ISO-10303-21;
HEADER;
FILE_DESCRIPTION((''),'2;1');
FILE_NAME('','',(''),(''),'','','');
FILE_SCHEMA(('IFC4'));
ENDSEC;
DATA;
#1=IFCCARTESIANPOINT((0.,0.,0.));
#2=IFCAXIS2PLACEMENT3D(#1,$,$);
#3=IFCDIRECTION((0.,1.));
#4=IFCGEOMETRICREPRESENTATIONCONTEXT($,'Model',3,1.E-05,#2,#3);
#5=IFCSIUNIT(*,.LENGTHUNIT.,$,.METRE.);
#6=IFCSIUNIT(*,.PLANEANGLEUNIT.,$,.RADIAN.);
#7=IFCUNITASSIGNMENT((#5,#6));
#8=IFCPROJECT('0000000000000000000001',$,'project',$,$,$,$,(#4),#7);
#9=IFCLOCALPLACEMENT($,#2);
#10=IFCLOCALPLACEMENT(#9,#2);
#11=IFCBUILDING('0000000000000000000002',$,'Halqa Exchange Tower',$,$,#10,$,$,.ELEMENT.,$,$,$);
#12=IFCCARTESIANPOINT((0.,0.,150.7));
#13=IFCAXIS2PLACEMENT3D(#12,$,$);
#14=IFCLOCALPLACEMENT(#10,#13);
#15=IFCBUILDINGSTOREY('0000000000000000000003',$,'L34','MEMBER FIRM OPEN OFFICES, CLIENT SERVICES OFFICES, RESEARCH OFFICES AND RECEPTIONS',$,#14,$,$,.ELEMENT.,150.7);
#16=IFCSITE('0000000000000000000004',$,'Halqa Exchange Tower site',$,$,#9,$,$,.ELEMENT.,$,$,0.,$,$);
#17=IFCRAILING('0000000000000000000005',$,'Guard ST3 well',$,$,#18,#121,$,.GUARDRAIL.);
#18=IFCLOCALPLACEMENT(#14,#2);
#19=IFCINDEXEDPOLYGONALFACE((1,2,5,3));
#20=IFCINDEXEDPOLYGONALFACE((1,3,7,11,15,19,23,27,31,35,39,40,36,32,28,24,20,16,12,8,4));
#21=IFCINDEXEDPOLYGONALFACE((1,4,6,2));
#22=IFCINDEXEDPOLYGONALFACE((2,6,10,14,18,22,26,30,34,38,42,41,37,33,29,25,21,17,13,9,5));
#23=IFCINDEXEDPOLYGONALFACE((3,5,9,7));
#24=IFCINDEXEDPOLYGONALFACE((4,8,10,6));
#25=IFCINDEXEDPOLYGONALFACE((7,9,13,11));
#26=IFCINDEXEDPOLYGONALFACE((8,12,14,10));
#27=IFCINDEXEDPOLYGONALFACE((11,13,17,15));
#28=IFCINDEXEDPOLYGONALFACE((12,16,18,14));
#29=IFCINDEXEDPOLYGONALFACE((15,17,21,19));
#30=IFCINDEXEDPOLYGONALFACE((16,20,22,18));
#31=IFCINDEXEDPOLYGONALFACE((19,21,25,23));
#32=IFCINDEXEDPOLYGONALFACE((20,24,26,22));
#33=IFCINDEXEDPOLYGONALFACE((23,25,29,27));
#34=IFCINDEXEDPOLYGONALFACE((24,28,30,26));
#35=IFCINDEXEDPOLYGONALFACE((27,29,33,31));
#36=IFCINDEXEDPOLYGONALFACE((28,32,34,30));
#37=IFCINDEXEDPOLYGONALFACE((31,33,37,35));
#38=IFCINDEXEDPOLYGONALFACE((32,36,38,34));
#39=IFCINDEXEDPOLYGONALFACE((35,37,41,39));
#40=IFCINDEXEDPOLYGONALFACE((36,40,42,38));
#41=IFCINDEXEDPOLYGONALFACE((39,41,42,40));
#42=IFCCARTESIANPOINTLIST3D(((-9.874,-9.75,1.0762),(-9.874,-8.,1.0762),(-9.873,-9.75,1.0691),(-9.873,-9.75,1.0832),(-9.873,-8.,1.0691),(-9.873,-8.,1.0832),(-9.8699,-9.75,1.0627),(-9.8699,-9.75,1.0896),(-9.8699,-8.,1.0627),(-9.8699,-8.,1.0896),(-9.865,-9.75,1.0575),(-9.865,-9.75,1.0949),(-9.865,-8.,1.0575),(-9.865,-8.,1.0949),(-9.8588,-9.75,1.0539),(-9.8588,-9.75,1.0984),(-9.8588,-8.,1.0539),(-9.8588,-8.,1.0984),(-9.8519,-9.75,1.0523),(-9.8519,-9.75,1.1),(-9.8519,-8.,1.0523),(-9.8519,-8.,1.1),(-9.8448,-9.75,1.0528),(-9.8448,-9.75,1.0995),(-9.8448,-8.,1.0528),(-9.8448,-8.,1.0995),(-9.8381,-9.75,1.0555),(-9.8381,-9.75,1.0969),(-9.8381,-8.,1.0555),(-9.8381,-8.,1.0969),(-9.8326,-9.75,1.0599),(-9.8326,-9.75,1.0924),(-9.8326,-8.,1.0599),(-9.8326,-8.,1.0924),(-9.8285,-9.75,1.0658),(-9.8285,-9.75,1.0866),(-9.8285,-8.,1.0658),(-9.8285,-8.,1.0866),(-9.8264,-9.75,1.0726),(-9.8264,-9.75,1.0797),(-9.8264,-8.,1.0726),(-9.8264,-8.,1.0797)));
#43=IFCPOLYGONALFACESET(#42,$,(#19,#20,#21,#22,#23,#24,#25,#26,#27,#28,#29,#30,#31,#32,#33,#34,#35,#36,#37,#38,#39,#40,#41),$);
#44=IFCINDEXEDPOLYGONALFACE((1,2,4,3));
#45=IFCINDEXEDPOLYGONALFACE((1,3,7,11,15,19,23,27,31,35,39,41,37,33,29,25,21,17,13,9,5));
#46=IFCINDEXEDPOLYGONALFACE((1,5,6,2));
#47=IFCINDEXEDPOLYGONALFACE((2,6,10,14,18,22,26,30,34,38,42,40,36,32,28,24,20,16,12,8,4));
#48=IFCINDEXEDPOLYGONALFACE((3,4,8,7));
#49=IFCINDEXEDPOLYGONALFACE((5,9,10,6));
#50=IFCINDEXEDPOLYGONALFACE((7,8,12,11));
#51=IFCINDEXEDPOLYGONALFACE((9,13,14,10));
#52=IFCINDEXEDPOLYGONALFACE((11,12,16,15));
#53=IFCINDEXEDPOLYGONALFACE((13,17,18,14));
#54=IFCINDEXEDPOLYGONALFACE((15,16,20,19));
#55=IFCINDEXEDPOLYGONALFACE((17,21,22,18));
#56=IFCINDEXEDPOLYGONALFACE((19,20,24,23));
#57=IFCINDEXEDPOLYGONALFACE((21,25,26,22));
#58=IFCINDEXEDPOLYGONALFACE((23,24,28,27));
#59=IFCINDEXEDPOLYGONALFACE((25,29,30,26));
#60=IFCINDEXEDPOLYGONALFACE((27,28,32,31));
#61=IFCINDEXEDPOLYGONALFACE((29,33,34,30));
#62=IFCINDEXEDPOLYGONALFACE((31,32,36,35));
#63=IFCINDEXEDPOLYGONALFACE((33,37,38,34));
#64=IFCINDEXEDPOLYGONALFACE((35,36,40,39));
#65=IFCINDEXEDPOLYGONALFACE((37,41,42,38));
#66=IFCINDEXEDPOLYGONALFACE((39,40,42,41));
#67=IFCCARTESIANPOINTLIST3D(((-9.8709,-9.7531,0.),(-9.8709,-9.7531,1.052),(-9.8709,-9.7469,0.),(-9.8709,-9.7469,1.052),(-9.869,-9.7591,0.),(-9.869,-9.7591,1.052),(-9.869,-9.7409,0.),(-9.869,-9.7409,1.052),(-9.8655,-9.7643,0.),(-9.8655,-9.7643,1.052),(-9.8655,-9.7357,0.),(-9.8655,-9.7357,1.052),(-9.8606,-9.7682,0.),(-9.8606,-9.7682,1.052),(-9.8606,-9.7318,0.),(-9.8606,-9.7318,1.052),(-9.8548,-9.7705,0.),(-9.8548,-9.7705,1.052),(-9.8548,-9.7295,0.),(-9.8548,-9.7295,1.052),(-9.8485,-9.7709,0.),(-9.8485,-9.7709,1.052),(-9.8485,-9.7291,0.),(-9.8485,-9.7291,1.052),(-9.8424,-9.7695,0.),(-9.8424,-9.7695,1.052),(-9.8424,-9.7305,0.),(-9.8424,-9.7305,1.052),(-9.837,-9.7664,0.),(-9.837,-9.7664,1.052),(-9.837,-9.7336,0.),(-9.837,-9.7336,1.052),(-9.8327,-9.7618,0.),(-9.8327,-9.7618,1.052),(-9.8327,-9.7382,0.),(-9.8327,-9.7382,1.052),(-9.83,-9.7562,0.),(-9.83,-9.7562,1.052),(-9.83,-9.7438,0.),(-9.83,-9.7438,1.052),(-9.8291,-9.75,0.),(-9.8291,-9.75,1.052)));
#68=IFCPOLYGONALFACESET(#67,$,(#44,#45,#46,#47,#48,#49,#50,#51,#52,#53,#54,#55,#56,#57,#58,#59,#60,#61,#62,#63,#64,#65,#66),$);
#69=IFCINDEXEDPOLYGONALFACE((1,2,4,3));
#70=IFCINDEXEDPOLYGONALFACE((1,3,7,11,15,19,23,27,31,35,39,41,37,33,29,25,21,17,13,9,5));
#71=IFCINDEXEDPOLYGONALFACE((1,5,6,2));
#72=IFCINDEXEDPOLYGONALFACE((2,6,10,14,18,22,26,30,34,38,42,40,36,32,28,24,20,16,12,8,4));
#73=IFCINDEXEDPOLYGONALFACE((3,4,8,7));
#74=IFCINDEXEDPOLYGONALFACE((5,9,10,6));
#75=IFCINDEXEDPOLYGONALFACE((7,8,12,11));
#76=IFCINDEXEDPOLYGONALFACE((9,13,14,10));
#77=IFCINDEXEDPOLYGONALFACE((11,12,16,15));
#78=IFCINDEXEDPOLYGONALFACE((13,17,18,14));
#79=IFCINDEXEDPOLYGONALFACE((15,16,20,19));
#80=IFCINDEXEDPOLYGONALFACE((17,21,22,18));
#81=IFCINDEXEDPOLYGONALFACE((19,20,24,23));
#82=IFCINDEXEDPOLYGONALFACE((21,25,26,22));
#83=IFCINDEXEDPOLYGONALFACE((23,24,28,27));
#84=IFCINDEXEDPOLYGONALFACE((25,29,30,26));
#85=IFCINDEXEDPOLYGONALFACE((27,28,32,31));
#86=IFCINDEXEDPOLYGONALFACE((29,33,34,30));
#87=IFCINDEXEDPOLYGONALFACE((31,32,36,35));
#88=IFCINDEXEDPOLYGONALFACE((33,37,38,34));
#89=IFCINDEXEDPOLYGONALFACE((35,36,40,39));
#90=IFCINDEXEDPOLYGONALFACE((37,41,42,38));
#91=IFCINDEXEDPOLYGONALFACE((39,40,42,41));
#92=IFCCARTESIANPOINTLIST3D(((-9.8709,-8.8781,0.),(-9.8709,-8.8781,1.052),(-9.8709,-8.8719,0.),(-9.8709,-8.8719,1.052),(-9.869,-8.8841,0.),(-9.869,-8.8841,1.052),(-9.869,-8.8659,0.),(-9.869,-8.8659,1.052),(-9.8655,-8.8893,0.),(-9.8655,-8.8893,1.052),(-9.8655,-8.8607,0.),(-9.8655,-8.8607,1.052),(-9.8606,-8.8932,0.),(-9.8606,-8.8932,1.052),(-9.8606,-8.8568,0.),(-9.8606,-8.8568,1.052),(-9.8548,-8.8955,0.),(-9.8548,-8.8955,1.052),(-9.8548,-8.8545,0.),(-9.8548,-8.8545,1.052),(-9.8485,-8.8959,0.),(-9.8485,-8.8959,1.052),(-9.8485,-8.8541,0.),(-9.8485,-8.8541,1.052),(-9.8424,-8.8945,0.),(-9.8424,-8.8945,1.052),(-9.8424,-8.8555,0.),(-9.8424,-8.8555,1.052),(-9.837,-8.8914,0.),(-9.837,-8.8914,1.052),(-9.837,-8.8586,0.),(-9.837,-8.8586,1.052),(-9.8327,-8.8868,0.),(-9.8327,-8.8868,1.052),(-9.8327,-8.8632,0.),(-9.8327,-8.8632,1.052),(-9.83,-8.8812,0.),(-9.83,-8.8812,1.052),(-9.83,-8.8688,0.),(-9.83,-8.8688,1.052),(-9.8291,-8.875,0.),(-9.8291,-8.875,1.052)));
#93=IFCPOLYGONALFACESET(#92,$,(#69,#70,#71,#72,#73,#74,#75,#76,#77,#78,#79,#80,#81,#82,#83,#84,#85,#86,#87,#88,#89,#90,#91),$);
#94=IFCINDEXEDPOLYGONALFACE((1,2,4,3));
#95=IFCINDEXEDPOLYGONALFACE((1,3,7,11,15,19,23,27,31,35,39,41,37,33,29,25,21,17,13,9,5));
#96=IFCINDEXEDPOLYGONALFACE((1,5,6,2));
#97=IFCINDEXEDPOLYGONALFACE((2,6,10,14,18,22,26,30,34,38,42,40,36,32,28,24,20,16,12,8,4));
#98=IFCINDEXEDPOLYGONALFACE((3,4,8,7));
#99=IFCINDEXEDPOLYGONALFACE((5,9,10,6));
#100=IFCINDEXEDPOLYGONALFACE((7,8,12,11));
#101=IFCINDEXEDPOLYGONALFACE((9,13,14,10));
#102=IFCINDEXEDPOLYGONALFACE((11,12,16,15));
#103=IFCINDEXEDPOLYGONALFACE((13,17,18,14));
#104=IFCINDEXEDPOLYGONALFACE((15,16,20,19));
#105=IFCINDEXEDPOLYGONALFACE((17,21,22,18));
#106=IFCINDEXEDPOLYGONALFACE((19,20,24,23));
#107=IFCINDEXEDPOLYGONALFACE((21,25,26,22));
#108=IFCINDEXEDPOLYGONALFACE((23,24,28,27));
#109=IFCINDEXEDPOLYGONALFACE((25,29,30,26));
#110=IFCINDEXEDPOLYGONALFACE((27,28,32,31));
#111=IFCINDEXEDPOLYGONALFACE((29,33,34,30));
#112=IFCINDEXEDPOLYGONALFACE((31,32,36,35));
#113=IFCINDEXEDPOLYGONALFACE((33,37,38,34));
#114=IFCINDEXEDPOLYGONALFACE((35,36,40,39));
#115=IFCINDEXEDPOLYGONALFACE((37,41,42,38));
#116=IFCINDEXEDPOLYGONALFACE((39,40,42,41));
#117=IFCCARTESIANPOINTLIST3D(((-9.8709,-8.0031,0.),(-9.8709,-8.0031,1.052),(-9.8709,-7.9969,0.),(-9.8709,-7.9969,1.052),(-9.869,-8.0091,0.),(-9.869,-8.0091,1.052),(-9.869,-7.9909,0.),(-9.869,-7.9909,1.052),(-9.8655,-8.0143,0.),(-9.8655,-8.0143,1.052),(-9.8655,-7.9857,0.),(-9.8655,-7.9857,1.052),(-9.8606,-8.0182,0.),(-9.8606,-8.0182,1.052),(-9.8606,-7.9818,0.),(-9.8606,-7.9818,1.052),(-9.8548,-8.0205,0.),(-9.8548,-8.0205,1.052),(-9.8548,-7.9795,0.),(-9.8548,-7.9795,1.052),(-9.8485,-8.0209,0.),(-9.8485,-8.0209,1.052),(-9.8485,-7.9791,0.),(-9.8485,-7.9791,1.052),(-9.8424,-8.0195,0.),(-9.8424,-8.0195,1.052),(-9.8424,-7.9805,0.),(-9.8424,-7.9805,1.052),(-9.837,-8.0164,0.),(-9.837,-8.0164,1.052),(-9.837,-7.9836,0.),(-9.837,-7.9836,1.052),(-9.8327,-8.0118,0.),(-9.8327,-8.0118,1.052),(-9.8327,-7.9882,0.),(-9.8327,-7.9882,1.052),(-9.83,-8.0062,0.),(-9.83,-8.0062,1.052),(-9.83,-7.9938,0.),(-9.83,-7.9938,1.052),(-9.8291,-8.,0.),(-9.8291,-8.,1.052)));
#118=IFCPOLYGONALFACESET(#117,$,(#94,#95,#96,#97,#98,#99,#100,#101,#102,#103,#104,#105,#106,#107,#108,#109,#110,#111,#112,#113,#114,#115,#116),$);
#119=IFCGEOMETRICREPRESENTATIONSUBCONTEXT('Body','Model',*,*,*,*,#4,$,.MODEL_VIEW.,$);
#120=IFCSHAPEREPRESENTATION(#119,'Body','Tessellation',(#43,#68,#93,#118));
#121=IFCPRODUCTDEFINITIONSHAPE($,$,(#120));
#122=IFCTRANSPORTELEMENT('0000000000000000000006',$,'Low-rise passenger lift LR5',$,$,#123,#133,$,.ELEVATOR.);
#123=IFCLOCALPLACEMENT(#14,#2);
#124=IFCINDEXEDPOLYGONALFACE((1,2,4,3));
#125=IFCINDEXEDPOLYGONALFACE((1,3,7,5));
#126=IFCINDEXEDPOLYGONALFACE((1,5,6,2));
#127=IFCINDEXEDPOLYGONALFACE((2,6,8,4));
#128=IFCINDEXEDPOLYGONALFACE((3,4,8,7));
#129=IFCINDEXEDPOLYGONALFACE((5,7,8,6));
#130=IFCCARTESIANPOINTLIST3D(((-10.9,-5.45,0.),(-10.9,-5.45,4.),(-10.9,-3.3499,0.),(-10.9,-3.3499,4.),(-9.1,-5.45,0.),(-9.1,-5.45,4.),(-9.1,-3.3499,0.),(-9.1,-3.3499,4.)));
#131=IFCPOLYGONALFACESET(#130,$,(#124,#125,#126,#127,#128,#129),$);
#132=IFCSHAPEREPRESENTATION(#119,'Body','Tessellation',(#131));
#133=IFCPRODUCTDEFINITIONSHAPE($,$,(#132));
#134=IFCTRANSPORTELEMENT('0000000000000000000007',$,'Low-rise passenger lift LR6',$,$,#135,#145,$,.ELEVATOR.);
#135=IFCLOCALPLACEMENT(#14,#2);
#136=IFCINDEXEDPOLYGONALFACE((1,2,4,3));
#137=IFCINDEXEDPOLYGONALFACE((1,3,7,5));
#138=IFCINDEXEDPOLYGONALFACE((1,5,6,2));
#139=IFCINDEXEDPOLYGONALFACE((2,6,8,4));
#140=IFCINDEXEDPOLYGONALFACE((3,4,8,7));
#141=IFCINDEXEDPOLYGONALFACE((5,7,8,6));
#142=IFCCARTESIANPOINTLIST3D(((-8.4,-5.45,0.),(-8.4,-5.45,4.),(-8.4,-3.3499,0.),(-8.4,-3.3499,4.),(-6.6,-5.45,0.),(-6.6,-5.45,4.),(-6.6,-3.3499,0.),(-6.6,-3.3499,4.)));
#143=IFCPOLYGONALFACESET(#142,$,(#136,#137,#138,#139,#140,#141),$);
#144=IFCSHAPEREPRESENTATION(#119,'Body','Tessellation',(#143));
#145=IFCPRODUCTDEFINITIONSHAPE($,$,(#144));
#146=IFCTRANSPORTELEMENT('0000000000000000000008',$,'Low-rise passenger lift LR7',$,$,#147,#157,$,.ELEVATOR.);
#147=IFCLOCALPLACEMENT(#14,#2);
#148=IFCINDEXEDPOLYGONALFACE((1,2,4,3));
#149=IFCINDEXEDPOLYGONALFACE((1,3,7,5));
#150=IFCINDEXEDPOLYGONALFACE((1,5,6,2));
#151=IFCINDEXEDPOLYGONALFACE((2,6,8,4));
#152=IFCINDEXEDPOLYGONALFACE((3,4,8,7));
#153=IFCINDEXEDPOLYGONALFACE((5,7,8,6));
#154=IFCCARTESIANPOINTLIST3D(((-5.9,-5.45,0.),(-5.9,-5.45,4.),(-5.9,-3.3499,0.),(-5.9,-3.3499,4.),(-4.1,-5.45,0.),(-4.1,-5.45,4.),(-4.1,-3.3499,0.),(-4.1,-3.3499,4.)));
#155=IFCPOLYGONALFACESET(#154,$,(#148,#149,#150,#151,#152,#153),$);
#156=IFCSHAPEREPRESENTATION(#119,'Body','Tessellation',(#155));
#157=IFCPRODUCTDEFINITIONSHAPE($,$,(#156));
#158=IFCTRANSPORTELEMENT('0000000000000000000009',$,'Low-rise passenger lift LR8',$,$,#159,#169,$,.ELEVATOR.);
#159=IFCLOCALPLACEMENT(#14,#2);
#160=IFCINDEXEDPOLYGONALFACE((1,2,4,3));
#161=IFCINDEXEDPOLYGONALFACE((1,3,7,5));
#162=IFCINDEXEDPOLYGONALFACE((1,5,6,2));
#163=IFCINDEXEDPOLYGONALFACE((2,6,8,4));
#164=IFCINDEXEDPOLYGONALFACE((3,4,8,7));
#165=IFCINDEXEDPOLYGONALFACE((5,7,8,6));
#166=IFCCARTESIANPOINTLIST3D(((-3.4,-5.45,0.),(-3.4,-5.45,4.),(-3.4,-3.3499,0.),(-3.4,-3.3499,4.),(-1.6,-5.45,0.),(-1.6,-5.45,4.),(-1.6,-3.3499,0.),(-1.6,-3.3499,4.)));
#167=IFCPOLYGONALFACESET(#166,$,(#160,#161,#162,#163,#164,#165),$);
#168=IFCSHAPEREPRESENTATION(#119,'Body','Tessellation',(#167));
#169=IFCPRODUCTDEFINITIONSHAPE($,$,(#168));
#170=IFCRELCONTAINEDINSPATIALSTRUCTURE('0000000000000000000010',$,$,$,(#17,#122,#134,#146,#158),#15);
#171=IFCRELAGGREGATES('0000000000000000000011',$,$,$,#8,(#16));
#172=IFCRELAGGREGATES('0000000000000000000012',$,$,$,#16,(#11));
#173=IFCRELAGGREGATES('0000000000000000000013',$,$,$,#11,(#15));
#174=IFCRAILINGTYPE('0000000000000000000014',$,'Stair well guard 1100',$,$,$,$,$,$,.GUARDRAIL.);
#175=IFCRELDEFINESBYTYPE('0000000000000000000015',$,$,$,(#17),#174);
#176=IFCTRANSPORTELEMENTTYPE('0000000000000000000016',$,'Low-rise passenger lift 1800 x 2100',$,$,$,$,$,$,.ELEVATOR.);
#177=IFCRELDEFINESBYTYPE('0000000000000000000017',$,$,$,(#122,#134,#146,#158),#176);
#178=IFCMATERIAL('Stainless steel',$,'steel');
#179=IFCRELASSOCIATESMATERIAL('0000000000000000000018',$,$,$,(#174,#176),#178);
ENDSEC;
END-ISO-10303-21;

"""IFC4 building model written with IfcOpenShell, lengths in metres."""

from ifc_helpers import new_model, si_unit, direction, frame, origin, origin_2d, place, context, subcontext, project, spatial, rectangle, circle, extrude, material, type_object, element, save


model = new_model("IFC4")

# Units and contexts
model_context = context("Model", 3, precision=1e-05, world=origin(), true_north=direction((0.0, 1.0)))
body_context = subcontext(model_context, "Body", "Model", "MODEL_VIEW")
ifc_project = project(units=[si_unit("LENGTHUNIT", "METRE"), si_unit("PLANEANGLEUNIT", "RADIAN")], contexts=[model_context])

# Site, building, storey
site_placement = place(None, origin())
site = spatial("IfcSite", under=ifc_project, at=site_placement, Name="Halqa Exchange Tower site", CompositionType="ELEMENT", RefElevation=0.0)
building_placement = place(site_placement, origin())
building = spatial("IfcBuilding", under=site, at=building_placement, Name="Halqa Exchange Tower", CompositionType="ELEMENT")
storey_placement = place(building_placement, frame((0.0, 0.0, 150.7)))
storey = spatial("IfcBuildingStorey", under=building, at=storey_placement, Name="L34", Description="MEMBER FIRM OPEN OFFICES, CLIENT SERVICES OFFICES, RESEARCH OFFICES AND RECEPTIONS", CompositionType="ELEMENT", Elevation=150.7)

# Shared definitions
ifc_material_1 = material(Name="Stainless steel", Category="steel")

# Railing
railing_type_1 = type_object("IfcRailingType", Name="Stair well guard 1100", PredefinedType="GUARDRAIL", material=ifc_material_1)
railing_1_placement = place(storey_placement, frame((-9.8501, -9.75, 0.0)))
element("IfcRailing", 1, at=railing_1_placement, inside=storey, type_object=railing_type_1, Name="Guard ST3 well", PredefinedType="GUARDRAIL", context=body_context, shape_type="SweptSolid", body=[
    extrude(circle(Radius=0.0239, at=origin_2d()), frame((0.0, 0.0, 1.0762), z_axis=(0.0, 1.0, 0.0), x_axis=(-1.0, 0.0, 0.0)), (0.0, 0.0, 1.0), 1.75),
    extrude(circle(Radius=0.021, at=origin_2d()), origin(), (0.0, 0.0, 1.0), 1.052),
    extrude(circle(Radius=0.021, at=origin_2d()), frame((0.0, 0.875, 0.0)), (0.0, 0.0, 1.0), 1.052),
    extrude(circle(Radius=0.021, at=origin_2d()), frame((0.0, 1.75, 0.0)), (0.0, 0.0, 1.0), 1.052),
])

# Transport elements
transport_element_type = type_object("IfcTransportElementType", Name="Low-rise passenger lift 1800 x 2100", PredefinedType="ELEVATOR", material=ifc_material_1)
for number, where, z_axis, x_axis, name in (
    (2, (-10.0, -4.3999, 0.0), (0.0, 0.0, 1.0), (1.0, 0.0, 0.0), "Low-rise passenger lift LR5"),
    (3, (-7.5, -4.3999, 0.0), (0.0, 0.0, 1.0), (1.0, 0.0, 0.0), "Low-rise passenger lift LR6"),
    (4, (-5.0, -4.3999, 0.0), (0.0, 0.0, 1.0), (1.0, 0.0, 0.0), "Low-rise passenger lift LR7"),
    (5, (-2.5, -4.3999, 0.0), (0.0, 0.0, 1.0), (1.0, 0.0, 0.0), "Low-rise passenger lift LR8"),
):
    element("IfcTransportElement", number, at=place(storey_placement, frame(where, z_axis=z_axis, x_axis=x_axis)), inside=storey, type_object=transport_element_type, Name=name, PredefinedType="ELEVATOR", context=body_context, shape_type="SweptSolid", body=[
        extrude(rectangle(XDim=1.8, YDim=2.1001, at=origin_2d()), origin(), (0.0, 0.0, 1.0), 4.0),
    ])

save(model, "model.ifc")
